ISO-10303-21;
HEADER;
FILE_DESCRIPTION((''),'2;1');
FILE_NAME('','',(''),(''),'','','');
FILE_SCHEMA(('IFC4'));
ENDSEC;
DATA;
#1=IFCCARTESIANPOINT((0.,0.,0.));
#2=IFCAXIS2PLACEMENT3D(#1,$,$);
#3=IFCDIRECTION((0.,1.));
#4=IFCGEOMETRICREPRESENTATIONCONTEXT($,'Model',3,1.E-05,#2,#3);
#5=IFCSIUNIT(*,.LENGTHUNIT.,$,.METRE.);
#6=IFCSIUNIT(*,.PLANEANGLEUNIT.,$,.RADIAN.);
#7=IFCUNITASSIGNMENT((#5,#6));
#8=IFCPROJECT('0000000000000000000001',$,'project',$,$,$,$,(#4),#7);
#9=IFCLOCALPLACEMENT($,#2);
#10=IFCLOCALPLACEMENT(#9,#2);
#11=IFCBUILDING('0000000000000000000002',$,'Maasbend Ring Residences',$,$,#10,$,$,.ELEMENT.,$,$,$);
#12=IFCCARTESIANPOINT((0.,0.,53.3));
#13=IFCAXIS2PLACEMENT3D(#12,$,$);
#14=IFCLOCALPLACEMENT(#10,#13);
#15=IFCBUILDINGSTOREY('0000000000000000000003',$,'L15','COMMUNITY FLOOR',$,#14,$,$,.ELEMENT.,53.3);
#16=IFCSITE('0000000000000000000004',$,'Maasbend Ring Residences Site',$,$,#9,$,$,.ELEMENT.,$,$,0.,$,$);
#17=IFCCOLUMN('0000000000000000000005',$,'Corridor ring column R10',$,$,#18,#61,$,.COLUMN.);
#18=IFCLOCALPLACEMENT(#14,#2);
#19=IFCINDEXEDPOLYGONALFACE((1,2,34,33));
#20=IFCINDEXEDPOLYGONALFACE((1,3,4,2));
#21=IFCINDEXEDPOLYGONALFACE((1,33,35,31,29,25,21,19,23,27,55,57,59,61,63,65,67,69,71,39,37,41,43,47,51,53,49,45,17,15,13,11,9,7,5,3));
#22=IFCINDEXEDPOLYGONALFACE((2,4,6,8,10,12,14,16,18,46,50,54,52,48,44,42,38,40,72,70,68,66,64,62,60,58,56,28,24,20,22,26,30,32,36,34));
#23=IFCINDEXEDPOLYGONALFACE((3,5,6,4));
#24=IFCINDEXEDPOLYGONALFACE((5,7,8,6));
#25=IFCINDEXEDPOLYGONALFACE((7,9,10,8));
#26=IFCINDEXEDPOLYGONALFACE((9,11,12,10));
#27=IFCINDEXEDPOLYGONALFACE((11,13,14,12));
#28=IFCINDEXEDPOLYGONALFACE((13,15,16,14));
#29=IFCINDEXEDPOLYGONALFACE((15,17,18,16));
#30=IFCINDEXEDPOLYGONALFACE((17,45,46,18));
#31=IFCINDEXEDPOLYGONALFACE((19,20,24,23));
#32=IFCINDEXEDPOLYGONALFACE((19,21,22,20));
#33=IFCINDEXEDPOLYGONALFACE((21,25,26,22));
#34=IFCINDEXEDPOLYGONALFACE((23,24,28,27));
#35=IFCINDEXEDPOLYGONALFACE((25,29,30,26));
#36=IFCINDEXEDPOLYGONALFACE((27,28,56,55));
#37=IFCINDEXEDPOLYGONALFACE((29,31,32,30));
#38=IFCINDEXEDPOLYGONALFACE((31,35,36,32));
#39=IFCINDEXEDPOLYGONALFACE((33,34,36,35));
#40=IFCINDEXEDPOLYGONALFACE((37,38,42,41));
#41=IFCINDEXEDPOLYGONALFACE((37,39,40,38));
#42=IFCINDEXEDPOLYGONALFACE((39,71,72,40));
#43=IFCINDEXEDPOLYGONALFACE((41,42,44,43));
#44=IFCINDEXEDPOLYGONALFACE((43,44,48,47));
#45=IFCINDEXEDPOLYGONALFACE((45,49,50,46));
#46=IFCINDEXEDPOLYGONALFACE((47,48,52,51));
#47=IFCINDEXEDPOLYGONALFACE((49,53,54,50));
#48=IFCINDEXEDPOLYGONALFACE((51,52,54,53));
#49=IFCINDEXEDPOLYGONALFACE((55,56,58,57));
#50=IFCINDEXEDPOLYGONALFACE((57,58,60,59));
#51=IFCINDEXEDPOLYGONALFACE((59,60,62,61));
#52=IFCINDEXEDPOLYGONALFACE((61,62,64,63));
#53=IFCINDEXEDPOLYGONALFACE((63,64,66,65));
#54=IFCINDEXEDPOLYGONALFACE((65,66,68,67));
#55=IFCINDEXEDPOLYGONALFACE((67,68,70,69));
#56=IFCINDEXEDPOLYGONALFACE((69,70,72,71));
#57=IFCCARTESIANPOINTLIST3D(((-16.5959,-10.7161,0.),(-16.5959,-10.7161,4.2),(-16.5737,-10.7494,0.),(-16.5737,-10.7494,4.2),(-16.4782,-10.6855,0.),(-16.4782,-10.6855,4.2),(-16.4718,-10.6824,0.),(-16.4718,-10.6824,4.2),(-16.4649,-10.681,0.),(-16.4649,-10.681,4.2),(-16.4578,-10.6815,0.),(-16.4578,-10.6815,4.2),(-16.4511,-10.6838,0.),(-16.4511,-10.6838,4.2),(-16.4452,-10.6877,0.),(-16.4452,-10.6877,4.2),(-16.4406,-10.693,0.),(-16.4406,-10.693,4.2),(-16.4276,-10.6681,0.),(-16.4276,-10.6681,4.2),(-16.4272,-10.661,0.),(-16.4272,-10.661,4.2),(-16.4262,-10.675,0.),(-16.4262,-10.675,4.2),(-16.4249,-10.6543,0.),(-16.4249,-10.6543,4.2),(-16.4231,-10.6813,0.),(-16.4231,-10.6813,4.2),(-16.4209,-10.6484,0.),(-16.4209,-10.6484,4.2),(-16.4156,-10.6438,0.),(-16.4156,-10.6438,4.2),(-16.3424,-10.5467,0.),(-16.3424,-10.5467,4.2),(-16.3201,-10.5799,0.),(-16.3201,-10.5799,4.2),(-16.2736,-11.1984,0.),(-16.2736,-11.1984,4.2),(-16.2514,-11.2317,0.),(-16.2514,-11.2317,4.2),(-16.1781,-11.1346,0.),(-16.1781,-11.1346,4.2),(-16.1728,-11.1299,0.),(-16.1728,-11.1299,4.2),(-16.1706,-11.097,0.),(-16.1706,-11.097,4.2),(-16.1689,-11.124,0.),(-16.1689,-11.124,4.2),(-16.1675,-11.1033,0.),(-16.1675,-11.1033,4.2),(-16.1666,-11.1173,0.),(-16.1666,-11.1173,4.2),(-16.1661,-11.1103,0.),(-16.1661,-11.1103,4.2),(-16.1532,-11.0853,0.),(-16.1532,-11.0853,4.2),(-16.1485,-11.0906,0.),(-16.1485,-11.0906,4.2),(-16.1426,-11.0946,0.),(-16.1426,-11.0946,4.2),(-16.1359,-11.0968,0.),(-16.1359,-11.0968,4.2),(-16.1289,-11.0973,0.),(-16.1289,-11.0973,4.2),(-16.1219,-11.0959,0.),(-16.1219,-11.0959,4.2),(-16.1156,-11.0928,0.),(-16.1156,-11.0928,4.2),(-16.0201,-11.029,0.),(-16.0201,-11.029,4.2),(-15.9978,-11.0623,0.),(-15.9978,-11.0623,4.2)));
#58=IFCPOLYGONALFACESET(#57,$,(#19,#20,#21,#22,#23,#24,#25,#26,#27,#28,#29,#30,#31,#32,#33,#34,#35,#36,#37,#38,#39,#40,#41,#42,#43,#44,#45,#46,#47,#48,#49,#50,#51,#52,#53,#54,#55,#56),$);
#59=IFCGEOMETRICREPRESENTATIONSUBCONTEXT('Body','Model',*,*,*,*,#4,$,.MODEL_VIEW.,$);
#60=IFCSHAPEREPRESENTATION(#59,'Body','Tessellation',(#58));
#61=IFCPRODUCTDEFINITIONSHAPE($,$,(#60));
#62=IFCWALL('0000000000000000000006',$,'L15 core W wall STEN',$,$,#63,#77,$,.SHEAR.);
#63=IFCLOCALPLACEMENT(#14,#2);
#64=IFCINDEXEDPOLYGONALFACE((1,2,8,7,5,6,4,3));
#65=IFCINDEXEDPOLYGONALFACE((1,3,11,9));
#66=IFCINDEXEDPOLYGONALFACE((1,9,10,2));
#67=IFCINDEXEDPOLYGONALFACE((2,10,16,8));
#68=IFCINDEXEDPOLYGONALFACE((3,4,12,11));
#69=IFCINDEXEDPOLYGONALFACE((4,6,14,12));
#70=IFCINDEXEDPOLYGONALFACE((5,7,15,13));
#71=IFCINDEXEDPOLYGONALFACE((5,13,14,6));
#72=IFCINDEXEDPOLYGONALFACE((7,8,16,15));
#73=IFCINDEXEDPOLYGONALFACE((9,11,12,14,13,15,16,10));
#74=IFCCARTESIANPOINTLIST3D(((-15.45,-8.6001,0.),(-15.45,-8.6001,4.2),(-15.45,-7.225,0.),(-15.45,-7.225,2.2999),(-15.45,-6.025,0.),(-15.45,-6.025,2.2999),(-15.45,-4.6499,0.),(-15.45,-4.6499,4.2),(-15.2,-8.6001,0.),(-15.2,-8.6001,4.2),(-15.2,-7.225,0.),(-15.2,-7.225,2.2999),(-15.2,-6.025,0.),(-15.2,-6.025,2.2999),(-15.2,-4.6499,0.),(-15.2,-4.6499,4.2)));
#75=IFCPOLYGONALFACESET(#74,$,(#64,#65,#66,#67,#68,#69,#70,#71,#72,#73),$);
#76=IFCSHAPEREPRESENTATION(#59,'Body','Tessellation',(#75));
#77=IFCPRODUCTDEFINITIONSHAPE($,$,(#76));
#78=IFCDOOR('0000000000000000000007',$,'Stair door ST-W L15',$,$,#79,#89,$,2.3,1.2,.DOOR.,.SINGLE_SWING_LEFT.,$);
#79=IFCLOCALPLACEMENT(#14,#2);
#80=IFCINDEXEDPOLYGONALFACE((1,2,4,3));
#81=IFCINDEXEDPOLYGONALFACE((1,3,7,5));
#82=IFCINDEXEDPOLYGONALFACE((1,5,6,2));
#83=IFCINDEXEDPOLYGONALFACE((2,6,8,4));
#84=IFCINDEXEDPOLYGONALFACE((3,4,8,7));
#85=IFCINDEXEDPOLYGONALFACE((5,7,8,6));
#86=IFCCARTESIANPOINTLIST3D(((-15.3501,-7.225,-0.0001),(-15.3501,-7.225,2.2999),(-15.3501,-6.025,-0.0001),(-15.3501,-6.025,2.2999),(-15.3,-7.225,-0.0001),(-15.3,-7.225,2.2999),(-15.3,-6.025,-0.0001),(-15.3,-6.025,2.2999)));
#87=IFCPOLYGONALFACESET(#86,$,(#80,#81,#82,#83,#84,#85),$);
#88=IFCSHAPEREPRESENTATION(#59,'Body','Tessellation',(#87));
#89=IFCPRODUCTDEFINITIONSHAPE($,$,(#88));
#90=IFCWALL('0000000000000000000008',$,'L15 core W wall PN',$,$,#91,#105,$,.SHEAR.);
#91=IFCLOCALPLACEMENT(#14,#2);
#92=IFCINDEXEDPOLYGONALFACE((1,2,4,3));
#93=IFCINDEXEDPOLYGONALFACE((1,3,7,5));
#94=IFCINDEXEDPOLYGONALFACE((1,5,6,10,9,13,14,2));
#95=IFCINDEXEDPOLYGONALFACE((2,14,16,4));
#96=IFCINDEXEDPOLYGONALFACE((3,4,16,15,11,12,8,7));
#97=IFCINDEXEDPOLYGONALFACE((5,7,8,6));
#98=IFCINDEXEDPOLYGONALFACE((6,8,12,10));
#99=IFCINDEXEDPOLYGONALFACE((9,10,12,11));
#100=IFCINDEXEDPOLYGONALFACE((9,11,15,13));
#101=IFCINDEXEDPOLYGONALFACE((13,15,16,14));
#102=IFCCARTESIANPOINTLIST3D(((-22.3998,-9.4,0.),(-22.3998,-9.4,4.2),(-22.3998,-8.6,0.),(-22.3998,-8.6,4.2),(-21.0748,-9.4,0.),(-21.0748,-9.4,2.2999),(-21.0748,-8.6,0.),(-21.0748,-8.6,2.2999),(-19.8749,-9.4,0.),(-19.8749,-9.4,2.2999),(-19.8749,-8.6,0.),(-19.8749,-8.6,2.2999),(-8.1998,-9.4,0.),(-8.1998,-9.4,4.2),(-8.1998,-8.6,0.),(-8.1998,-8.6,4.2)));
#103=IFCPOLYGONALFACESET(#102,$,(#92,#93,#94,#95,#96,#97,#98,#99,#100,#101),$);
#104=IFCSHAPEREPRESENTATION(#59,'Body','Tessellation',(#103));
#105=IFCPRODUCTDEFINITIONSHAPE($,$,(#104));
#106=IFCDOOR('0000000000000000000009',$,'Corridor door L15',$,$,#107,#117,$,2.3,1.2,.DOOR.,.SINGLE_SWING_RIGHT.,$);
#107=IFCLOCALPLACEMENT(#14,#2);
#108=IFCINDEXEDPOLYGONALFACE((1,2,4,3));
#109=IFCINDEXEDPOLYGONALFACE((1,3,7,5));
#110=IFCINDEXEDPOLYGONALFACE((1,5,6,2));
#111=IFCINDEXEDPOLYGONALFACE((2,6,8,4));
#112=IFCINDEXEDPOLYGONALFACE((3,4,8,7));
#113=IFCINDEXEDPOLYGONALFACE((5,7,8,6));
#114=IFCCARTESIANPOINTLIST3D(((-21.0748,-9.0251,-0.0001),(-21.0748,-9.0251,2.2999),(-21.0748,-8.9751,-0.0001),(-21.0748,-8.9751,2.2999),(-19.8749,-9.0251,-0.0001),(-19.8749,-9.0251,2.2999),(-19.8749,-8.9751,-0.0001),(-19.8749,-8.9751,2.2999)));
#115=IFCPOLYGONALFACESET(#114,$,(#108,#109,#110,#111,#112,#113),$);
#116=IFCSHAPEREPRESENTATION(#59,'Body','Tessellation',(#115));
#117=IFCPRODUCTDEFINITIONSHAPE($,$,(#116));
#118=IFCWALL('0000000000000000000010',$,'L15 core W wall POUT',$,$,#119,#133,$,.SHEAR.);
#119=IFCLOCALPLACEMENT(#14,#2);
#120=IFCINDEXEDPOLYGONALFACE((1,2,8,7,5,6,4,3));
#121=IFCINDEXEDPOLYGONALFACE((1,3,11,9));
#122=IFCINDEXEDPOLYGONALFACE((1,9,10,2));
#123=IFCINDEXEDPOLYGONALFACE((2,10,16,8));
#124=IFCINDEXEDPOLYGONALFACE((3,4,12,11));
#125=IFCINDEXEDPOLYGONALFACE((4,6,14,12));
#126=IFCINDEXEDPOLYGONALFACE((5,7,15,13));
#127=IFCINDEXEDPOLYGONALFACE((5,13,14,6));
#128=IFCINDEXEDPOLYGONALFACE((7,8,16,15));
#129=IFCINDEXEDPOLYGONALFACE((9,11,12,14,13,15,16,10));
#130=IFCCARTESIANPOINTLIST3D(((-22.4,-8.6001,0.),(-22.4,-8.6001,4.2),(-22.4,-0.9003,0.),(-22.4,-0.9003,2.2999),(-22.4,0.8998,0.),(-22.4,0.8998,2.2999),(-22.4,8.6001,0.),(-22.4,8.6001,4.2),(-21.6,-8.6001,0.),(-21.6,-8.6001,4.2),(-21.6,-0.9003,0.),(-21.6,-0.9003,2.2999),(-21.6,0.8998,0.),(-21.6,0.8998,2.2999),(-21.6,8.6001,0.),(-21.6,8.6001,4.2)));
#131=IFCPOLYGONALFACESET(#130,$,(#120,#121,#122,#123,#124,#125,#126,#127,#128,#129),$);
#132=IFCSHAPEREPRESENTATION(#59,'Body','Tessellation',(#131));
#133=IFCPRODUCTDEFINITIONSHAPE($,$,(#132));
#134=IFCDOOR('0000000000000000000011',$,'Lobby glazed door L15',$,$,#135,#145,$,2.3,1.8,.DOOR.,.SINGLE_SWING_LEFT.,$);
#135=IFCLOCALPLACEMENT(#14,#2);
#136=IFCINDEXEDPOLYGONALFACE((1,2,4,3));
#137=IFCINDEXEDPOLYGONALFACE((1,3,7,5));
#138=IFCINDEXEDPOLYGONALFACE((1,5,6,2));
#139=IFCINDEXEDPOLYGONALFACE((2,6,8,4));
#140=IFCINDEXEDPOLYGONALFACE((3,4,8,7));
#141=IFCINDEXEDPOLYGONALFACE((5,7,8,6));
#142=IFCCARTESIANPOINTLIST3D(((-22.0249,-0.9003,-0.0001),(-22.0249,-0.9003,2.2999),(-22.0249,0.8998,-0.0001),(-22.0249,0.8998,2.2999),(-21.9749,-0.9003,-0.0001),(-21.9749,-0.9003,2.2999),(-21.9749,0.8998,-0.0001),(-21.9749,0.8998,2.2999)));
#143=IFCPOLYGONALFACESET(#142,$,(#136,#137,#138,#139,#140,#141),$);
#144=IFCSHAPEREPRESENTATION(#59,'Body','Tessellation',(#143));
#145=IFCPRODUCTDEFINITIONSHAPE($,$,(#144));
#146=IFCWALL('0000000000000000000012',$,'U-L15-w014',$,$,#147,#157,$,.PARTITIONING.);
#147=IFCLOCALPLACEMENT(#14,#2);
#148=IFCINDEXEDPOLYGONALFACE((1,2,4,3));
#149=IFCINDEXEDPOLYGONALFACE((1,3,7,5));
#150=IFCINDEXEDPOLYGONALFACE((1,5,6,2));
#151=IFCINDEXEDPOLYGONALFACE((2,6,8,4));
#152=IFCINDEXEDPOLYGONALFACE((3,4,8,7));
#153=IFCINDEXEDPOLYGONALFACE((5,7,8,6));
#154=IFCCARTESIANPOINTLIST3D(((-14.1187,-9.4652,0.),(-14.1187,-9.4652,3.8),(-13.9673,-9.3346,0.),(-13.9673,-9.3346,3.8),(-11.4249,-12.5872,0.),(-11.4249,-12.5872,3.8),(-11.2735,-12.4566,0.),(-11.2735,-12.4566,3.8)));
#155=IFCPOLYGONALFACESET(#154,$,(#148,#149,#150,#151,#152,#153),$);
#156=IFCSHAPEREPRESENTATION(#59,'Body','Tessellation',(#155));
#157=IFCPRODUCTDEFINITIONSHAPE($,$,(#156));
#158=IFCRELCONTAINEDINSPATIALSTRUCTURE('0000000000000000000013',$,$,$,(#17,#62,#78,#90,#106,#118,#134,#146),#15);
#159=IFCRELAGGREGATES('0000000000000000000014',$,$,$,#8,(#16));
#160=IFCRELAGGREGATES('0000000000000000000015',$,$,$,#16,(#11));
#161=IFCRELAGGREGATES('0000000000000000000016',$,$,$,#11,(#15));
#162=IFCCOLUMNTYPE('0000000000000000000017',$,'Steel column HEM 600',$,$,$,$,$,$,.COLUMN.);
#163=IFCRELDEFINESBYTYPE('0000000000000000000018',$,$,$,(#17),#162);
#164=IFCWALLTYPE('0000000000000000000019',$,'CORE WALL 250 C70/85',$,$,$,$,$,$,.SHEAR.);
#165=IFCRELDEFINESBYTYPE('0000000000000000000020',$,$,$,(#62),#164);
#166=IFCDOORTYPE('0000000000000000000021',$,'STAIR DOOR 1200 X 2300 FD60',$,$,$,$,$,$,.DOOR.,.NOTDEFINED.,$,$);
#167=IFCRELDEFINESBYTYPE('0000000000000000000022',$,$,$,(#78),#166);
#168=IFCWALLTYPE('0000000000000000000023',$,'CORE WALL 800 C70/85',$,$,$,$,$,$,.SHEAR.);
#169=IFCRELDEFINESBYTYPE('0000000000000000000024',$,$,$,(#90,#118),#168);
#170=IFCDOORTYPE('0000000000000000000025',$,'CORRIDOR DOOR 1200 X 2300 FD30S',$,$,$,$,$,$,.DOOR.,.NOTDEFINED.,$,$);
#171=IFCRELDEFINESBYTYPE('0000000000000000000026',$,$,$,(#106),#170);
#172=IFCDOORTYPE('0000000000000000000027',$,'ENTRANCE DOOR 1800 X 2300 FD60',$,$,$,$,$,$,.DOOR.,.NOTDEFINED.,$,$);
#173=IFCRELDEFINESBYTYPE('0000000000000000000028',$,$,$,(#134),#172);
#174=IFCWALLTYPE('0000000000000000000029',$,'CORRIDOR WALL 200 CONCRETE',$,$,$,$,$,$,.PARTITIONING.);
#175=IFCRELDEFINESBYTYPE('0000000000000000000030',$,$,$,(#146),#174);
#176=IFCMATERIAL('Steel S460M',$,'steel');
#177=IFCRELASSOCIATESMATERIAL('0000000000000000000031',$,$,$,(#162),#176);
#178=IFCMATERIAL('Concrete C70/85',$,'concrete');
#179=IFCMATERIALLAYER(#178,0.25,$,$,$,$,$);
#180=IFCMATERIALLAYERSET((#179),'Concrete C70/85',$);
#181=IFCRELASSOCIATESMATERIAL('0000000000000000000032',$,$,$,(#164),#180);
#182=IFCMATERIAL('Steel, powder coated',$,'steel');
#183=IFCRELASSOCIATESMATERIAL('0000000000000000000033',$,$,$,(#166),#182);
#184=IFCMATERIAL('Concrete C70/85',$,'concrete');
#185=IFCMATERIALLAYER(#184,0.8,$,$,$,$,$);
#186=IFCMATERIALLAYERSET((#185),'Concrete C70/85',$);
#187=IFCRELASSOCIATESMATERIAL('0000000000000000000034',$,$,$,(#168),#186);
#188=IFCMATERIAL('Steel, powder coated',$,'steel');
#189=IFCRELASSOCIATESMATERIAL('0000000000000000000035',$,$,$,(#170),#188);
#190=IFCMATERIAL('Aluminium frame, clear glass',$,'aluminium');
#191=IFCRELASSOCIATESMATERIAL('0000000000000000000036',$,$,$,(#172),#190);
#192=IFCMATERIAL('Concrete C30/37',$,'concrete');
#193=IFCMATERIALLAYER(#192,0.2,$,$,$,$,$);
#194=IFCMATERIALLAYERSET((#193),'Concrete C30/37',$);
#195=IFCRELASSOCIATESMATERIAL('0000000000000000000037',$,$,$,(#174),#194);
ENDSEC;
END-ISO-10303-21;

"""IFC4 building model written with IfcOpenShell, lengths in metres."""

from ifc_helpers import new_model, si_unit, direction, frame, frame_2d, origin, origin_2d, place, context, subcontext, project, spatial, rectangle, i_section, extrude, material, layer, layer_set, material_profile, profile_set, type_object, element, fill, save


model = new_model("IFC4")

# Units and contexts
model_context = context("Model", 3, precision=1e-05, world=origin(), true_north=direction((0.0, 1.0)))
body_context = subcontext(model_context, "Body", "Model", "MODEL_VIEW")
ifc_project = project(units=[si_unit("LENGTHUNIT", "METRE"), si_unit("PLANEANGLEUNIT", "RADIAN")], contexts=[model_context])

# Site, building, storey
site_placement = place(None, origin())
site = spatial("IfcSite", under=ifc_project, at=site_placement, Name="Maasbend Ring Residences Site", CompositionType="ELEMENT", RefElevation=0.0)
building_placement = place(site_placement, origin())
building = spatial("IfcBuilding", under=site, at=building_placement, Name="Maasbend Ring Residences", CompositionType="ELEMENT")
storey_placement = place(building_placement, frame((0.0, 0.0, 53.3)))
storey = spatial("IfcBuildingStorey", under=building, at=storey_placement, Name="L15", Description="COMMUNITY FLOOR", CompositionType="ELEMENT", Elevation=53.3)

# Column
ifc_material_1 = material(Name="Steel S460M", Category="steel")
ifc_material_profile = material_profile(ifc_material_1, i_section(OverallWidth=0.3049, OverallDepth=0.6201, WebThickness=0.021, FlangeThickness=0.04, FilletRadius=0.0271, at=origin_2d()), Name="HEM 600")
ifc_profile_set = profile_set([ifc_material_profile], Name="Steel S460M")
column_type = type_object("IfcColumnType", Name="Steel column HEM 600", PredefinedType="COLUMN", material=ifc_profile_set)
column_placement = place(storey_placement, frame((-16.2969, -10.8892, 0.0), z_axis=(0.0, 0.0, 1.0), x_axis=(-0.83147, -0.55557, 0.0)))
element("IfcColumn", 1, at=column_placement, inside=storey, type_object=column_type, Name="Corridor ring column R10", PredefinedType="COLUMN", context=body_context, shape_type="SweptSolid", body=[
    extrude(i_section(OverallWidth=0.3049, OverallDepth=0.6201, WebThickness=0.021, FlangeThickness=0.04, FilletRadius=0.0271, at=origin_2d()), origin(), (0.0, 0.0, 1.0), 4.2),
])

# Walls, openings, doors
ifc_material_2 = material(Name="Concrete C70/85", Category="concrete")
ifc_layer_1 = layer(ifc_material_2, 0.25)
ifc_layer_set_1 = layer_set([ifc_layer_1], Name="Concrete C70/85")
wall_type_1 = type_object("IfcWallType", Name="CORE WALL 250 C70/85", PredefinedType="SHEAR", material=ifc_layer_set_1)
wall_1_placement = place(storey_placement, frame((-15.325, -4.6499, 0.0), z_axis=(0.0, 0.0, 1.0), x_axis=(0.0, -1.0, 0.0)))
wall_1 = element("IfcWall", 2, at=wall_1_placement, inside=storey, type_object=wall_type_1, Name="L15 core W wall STEN", PredefinedType="SHEAR", context=body_context, shape_type="SweptSolid", body=[
    extrude(rectangle(XDim=3.9502, YDim=0.25, at=frame_2d((1.9751, 0.0))), origin(), (0.0, 0.0, 1.0), 4.2),
])
opening_1_placement = place(wall_1_placement, frame((1.375, 0.0, 0.0)))
opening_1 = element("IfcOpeningElement", 3, at=opening_1_placement, cuts=wall_1, PredefinedType="OPENING", context=body_context, shape_type="SweptSolid", body=[
    extrude(rectangle(XDim=1.2, YDim=2.3, at=frame_2d((0.6001, 1.1499))), frame((0.0, 0.135, 0.0), z_axis=(0.0, -1.0, 0.0), x_axis=(1.0, 0.0, 0.0)), (0.0, 0.0, 1.0), 0.27),
])
ifc_material_3 = material(Name="Steel, powder coated", Category="steel")
door_type_1 = type_object("IfcDoorType", Name="STAIR DOOR 1200 X 2300 FD60", OperationType="NOTDEFINED", PredefinedType="DOOR", material=ifc_material_3)
door_1_placement = place(opening_1_placement, origin())
door_1 = element("IfcDoor", 4, at=door_1_placement, inside=storey, type_object=door_type_1, Name="Stair door ST-W L15", OperationType="SINGLE_SWING_LEFT", OverallHeight=2.3, OverallWidth=1.2, PredefinedType="DOOR", context=body_context, shape_type="SweptSolid", body=[
    extrude(rectangle(XDim=1.2, YDim=2.3, at=frame_2d((0.6001, 1.1499))), frame((0.0, 0.0249, 0.0), z_axis=(0.0, -1.0, 0.0), x_axis=(1.0, 0.0, 0.0)), (0.0, 0.0, 1.0), 0.05),
])
fill(opening_1, door_1)
ifc_material_4 = material(Name="Concrete C70/85", Category="concrete")
ifc_layer_2 = layer(ifc_material_4, 0.8)
ifc_layer_set_2 = layer_set([ifc_layer_2], Name="Concrete C70/85")
wall_type_2 = type_object("IfcWallType", Name="CORE WALL 800 C70/85", PredefinedType="SHEAR", material=ifc_layer_set_2)
wall_2_placement = place(storey_placement, frame((-22.3999, -9.0, 0.0), z_axis=(0.0, 0.0, 1.0), x_axis=(1.0, 0.0, 0.0)))
wall_2 = element("IfcWall", 5, at=wall_2_placement, inside=storey, type_object=wall_type_2, Name="L15 core W wall PN", PredefinedType="SHEAR", context=body_context, shape_type="SweptSolid", body=[
    extrude(rectangle(XDim=14.2, YDim=0.8, at=frame_2d((7.1001, 0.0))), origin(), (0.0, 0.0, 1.0), 4.2),
])
opening_2_placement = place(wall_2_placement, frame((1.325, 0.0, 0.0)))
opening_2 = element("IfcOpeningElement", 6, at=opening_2_placement, cuts=wall_2, PredefinedType="OPENING", context=body_context, shape_type="SweptSolid", body=[
    extrude(rectangle(XDim=1.2, YDim=2.3, at=frame_2d((0.6001, 1.1499))), frame((0.0, 0.4102, 0.0), z_axis=(0.0, -1.0, 0.0), x_axis=(1.0, 0.0, 0.0)), (0.0, 0.0, 1.0), 0.8201),
])
ifc_material_5 = material(Name="Steel, powder coated", Category="steel")
door_type_2 = type_object("IfcDoorType", Name="CORRIDOR DOOR 1200 X 2300 FD30S", OperationType="NOTDEFINED", PredefinedType="DOOR", material=ifc_material_5)
door_2_placement = place(opening_2_placement, origin())
door_2 = element("IfcDoor", 7, at=door_2_placement, inside=storey, type_object=door_type_2, Name="Corridor door L15", OperationType="SINGLE_SWING_RIGHT", OverallHeight=2.3, OverallWidth=1.2, PredefinedType="DOOR", context=body_context, shape_type="SweptSolid", body=[
    extrude(rectangle(XDim=1.2, YDim=2.3, at=frame_2d((0.6001, 1.1499))), frame((0.0, 0.0249, 0.0), z_axis=(0.0, -1.0, 0.0), x_axis=(1.0, 0.0, 0.0)), (0.0, 0.0, 1.0), 0.05),
])
fill(opening_2, door_2)
wall_3_placement = place(storey_placement, frame((-22.0, -8.6001, 0.0), z_axis=(0.0, 0.0, 1.0), x_axis=(0.0, 1.0, 0.0)))
wall_3 = element("IfcWall", 8, at=wall_3_placement, inside=storey, type_object=wall_type_2, Name="L15 core W wall POUT", PredefinedType="SHEAR", context=body_context, shape_type="SweptSolid", body=[
    extrude(rectangle(XDim=17.2002, YDim=0.8, at=frame_2d((8.6001, 0.0))), origin(), (0.0, 0.0, 1.0), 4.2),
])
opening_3_placement = place(wall_3_placement, frame((7.7, 0.0, 0.0)))
opening_3 = element("IfcOpeningElement", 9, at=opening_3_placement, cuts=wall_3, PredefinedType="OPENING", context=body_context, shape_type="SweptSolid", body=[
    extrude(rectangle(XDim=1.8, YDim=2.3, at=frame_2d((0.8999, 1.1499))), frame((0.0, 0.4102, 0.0), z_axis=(0.0, -1.0, 0.0), x_axis=(1.0, 0.0, 0.0)), (0.0, 0.0, 1.0), 0.8201),
])
ifc_material_6 = material(Name="Aluminium frame, clear glass", Category="aluminium")
door_type_3 = type_object("IfcDoorType", Name="ENTRANCE DOOR 1800 X 2300 FD60", OperationType="NOTDEFINED", PredefinedType="DOOR", material=ifc_material_6)
door_3_placement = place(opening_3_placement, origin())
door_3 = element("IfcDoor", 10, at=door_3_placement, inside=storey, type_object=door_type_3, Name="Lobby glazed door L15", OperationType="SINGLE_SWING_LEFT", OverallHeight=2.3, OverallWidth=1.8, PredefinedType="DOOR", context=body_context, shape_type="SweptSolid", body=[
    extrude(rectangle(XDim=1.8, YDim=2.3, at=frame_2d((0.8999, 1.1499))), frame((0.0, 0.0249, 0.0), z_axis=(0.0, -1.0, 0.0), x_axis=(1.0, 0.0, 0.0)), (0.0, 0.0, 1.0), 0.05),
])
fill(opening_3, door_3)

# Wall
ifc_material_7 = material(Name="Concrete C30/37", Category="concrete")
ifc_layer_3 = layer(ifc_material_7, 0.2)
ifc_layer_set_3 = layer_set([ifc_layer_3], Name="Concrete C30/37")
wall_type_3 = type_object("IfcWallType", Name="CORRIDOR WALL 200 CONCRETE", PredefinedType="PARTITIONING", material=ifc_layer_set_3)
wall_4_placement = place(storey_placement, frame((-14.043, -9.3999, 0.0), z_axis=(0.0, 0.0, 1.0), x_axis=(0.653275, -0.757121, 0.0)))
element("IfcWall", 11, at=wall_4_placement, inside=storey, type_object=wall_type_3, Name="U-L15-w014", PredefinedType="PARTITIONING", context=body_context, shape_type="SweptSolid", body=[
    extrude(rectangle(XDim=4.1235, YDim=0.2, at=frame_2d((2.0618, 0.0))), origin(), (0.0, 0.0, 1.0), 3.8),
])

save(model, "model.ifc")
